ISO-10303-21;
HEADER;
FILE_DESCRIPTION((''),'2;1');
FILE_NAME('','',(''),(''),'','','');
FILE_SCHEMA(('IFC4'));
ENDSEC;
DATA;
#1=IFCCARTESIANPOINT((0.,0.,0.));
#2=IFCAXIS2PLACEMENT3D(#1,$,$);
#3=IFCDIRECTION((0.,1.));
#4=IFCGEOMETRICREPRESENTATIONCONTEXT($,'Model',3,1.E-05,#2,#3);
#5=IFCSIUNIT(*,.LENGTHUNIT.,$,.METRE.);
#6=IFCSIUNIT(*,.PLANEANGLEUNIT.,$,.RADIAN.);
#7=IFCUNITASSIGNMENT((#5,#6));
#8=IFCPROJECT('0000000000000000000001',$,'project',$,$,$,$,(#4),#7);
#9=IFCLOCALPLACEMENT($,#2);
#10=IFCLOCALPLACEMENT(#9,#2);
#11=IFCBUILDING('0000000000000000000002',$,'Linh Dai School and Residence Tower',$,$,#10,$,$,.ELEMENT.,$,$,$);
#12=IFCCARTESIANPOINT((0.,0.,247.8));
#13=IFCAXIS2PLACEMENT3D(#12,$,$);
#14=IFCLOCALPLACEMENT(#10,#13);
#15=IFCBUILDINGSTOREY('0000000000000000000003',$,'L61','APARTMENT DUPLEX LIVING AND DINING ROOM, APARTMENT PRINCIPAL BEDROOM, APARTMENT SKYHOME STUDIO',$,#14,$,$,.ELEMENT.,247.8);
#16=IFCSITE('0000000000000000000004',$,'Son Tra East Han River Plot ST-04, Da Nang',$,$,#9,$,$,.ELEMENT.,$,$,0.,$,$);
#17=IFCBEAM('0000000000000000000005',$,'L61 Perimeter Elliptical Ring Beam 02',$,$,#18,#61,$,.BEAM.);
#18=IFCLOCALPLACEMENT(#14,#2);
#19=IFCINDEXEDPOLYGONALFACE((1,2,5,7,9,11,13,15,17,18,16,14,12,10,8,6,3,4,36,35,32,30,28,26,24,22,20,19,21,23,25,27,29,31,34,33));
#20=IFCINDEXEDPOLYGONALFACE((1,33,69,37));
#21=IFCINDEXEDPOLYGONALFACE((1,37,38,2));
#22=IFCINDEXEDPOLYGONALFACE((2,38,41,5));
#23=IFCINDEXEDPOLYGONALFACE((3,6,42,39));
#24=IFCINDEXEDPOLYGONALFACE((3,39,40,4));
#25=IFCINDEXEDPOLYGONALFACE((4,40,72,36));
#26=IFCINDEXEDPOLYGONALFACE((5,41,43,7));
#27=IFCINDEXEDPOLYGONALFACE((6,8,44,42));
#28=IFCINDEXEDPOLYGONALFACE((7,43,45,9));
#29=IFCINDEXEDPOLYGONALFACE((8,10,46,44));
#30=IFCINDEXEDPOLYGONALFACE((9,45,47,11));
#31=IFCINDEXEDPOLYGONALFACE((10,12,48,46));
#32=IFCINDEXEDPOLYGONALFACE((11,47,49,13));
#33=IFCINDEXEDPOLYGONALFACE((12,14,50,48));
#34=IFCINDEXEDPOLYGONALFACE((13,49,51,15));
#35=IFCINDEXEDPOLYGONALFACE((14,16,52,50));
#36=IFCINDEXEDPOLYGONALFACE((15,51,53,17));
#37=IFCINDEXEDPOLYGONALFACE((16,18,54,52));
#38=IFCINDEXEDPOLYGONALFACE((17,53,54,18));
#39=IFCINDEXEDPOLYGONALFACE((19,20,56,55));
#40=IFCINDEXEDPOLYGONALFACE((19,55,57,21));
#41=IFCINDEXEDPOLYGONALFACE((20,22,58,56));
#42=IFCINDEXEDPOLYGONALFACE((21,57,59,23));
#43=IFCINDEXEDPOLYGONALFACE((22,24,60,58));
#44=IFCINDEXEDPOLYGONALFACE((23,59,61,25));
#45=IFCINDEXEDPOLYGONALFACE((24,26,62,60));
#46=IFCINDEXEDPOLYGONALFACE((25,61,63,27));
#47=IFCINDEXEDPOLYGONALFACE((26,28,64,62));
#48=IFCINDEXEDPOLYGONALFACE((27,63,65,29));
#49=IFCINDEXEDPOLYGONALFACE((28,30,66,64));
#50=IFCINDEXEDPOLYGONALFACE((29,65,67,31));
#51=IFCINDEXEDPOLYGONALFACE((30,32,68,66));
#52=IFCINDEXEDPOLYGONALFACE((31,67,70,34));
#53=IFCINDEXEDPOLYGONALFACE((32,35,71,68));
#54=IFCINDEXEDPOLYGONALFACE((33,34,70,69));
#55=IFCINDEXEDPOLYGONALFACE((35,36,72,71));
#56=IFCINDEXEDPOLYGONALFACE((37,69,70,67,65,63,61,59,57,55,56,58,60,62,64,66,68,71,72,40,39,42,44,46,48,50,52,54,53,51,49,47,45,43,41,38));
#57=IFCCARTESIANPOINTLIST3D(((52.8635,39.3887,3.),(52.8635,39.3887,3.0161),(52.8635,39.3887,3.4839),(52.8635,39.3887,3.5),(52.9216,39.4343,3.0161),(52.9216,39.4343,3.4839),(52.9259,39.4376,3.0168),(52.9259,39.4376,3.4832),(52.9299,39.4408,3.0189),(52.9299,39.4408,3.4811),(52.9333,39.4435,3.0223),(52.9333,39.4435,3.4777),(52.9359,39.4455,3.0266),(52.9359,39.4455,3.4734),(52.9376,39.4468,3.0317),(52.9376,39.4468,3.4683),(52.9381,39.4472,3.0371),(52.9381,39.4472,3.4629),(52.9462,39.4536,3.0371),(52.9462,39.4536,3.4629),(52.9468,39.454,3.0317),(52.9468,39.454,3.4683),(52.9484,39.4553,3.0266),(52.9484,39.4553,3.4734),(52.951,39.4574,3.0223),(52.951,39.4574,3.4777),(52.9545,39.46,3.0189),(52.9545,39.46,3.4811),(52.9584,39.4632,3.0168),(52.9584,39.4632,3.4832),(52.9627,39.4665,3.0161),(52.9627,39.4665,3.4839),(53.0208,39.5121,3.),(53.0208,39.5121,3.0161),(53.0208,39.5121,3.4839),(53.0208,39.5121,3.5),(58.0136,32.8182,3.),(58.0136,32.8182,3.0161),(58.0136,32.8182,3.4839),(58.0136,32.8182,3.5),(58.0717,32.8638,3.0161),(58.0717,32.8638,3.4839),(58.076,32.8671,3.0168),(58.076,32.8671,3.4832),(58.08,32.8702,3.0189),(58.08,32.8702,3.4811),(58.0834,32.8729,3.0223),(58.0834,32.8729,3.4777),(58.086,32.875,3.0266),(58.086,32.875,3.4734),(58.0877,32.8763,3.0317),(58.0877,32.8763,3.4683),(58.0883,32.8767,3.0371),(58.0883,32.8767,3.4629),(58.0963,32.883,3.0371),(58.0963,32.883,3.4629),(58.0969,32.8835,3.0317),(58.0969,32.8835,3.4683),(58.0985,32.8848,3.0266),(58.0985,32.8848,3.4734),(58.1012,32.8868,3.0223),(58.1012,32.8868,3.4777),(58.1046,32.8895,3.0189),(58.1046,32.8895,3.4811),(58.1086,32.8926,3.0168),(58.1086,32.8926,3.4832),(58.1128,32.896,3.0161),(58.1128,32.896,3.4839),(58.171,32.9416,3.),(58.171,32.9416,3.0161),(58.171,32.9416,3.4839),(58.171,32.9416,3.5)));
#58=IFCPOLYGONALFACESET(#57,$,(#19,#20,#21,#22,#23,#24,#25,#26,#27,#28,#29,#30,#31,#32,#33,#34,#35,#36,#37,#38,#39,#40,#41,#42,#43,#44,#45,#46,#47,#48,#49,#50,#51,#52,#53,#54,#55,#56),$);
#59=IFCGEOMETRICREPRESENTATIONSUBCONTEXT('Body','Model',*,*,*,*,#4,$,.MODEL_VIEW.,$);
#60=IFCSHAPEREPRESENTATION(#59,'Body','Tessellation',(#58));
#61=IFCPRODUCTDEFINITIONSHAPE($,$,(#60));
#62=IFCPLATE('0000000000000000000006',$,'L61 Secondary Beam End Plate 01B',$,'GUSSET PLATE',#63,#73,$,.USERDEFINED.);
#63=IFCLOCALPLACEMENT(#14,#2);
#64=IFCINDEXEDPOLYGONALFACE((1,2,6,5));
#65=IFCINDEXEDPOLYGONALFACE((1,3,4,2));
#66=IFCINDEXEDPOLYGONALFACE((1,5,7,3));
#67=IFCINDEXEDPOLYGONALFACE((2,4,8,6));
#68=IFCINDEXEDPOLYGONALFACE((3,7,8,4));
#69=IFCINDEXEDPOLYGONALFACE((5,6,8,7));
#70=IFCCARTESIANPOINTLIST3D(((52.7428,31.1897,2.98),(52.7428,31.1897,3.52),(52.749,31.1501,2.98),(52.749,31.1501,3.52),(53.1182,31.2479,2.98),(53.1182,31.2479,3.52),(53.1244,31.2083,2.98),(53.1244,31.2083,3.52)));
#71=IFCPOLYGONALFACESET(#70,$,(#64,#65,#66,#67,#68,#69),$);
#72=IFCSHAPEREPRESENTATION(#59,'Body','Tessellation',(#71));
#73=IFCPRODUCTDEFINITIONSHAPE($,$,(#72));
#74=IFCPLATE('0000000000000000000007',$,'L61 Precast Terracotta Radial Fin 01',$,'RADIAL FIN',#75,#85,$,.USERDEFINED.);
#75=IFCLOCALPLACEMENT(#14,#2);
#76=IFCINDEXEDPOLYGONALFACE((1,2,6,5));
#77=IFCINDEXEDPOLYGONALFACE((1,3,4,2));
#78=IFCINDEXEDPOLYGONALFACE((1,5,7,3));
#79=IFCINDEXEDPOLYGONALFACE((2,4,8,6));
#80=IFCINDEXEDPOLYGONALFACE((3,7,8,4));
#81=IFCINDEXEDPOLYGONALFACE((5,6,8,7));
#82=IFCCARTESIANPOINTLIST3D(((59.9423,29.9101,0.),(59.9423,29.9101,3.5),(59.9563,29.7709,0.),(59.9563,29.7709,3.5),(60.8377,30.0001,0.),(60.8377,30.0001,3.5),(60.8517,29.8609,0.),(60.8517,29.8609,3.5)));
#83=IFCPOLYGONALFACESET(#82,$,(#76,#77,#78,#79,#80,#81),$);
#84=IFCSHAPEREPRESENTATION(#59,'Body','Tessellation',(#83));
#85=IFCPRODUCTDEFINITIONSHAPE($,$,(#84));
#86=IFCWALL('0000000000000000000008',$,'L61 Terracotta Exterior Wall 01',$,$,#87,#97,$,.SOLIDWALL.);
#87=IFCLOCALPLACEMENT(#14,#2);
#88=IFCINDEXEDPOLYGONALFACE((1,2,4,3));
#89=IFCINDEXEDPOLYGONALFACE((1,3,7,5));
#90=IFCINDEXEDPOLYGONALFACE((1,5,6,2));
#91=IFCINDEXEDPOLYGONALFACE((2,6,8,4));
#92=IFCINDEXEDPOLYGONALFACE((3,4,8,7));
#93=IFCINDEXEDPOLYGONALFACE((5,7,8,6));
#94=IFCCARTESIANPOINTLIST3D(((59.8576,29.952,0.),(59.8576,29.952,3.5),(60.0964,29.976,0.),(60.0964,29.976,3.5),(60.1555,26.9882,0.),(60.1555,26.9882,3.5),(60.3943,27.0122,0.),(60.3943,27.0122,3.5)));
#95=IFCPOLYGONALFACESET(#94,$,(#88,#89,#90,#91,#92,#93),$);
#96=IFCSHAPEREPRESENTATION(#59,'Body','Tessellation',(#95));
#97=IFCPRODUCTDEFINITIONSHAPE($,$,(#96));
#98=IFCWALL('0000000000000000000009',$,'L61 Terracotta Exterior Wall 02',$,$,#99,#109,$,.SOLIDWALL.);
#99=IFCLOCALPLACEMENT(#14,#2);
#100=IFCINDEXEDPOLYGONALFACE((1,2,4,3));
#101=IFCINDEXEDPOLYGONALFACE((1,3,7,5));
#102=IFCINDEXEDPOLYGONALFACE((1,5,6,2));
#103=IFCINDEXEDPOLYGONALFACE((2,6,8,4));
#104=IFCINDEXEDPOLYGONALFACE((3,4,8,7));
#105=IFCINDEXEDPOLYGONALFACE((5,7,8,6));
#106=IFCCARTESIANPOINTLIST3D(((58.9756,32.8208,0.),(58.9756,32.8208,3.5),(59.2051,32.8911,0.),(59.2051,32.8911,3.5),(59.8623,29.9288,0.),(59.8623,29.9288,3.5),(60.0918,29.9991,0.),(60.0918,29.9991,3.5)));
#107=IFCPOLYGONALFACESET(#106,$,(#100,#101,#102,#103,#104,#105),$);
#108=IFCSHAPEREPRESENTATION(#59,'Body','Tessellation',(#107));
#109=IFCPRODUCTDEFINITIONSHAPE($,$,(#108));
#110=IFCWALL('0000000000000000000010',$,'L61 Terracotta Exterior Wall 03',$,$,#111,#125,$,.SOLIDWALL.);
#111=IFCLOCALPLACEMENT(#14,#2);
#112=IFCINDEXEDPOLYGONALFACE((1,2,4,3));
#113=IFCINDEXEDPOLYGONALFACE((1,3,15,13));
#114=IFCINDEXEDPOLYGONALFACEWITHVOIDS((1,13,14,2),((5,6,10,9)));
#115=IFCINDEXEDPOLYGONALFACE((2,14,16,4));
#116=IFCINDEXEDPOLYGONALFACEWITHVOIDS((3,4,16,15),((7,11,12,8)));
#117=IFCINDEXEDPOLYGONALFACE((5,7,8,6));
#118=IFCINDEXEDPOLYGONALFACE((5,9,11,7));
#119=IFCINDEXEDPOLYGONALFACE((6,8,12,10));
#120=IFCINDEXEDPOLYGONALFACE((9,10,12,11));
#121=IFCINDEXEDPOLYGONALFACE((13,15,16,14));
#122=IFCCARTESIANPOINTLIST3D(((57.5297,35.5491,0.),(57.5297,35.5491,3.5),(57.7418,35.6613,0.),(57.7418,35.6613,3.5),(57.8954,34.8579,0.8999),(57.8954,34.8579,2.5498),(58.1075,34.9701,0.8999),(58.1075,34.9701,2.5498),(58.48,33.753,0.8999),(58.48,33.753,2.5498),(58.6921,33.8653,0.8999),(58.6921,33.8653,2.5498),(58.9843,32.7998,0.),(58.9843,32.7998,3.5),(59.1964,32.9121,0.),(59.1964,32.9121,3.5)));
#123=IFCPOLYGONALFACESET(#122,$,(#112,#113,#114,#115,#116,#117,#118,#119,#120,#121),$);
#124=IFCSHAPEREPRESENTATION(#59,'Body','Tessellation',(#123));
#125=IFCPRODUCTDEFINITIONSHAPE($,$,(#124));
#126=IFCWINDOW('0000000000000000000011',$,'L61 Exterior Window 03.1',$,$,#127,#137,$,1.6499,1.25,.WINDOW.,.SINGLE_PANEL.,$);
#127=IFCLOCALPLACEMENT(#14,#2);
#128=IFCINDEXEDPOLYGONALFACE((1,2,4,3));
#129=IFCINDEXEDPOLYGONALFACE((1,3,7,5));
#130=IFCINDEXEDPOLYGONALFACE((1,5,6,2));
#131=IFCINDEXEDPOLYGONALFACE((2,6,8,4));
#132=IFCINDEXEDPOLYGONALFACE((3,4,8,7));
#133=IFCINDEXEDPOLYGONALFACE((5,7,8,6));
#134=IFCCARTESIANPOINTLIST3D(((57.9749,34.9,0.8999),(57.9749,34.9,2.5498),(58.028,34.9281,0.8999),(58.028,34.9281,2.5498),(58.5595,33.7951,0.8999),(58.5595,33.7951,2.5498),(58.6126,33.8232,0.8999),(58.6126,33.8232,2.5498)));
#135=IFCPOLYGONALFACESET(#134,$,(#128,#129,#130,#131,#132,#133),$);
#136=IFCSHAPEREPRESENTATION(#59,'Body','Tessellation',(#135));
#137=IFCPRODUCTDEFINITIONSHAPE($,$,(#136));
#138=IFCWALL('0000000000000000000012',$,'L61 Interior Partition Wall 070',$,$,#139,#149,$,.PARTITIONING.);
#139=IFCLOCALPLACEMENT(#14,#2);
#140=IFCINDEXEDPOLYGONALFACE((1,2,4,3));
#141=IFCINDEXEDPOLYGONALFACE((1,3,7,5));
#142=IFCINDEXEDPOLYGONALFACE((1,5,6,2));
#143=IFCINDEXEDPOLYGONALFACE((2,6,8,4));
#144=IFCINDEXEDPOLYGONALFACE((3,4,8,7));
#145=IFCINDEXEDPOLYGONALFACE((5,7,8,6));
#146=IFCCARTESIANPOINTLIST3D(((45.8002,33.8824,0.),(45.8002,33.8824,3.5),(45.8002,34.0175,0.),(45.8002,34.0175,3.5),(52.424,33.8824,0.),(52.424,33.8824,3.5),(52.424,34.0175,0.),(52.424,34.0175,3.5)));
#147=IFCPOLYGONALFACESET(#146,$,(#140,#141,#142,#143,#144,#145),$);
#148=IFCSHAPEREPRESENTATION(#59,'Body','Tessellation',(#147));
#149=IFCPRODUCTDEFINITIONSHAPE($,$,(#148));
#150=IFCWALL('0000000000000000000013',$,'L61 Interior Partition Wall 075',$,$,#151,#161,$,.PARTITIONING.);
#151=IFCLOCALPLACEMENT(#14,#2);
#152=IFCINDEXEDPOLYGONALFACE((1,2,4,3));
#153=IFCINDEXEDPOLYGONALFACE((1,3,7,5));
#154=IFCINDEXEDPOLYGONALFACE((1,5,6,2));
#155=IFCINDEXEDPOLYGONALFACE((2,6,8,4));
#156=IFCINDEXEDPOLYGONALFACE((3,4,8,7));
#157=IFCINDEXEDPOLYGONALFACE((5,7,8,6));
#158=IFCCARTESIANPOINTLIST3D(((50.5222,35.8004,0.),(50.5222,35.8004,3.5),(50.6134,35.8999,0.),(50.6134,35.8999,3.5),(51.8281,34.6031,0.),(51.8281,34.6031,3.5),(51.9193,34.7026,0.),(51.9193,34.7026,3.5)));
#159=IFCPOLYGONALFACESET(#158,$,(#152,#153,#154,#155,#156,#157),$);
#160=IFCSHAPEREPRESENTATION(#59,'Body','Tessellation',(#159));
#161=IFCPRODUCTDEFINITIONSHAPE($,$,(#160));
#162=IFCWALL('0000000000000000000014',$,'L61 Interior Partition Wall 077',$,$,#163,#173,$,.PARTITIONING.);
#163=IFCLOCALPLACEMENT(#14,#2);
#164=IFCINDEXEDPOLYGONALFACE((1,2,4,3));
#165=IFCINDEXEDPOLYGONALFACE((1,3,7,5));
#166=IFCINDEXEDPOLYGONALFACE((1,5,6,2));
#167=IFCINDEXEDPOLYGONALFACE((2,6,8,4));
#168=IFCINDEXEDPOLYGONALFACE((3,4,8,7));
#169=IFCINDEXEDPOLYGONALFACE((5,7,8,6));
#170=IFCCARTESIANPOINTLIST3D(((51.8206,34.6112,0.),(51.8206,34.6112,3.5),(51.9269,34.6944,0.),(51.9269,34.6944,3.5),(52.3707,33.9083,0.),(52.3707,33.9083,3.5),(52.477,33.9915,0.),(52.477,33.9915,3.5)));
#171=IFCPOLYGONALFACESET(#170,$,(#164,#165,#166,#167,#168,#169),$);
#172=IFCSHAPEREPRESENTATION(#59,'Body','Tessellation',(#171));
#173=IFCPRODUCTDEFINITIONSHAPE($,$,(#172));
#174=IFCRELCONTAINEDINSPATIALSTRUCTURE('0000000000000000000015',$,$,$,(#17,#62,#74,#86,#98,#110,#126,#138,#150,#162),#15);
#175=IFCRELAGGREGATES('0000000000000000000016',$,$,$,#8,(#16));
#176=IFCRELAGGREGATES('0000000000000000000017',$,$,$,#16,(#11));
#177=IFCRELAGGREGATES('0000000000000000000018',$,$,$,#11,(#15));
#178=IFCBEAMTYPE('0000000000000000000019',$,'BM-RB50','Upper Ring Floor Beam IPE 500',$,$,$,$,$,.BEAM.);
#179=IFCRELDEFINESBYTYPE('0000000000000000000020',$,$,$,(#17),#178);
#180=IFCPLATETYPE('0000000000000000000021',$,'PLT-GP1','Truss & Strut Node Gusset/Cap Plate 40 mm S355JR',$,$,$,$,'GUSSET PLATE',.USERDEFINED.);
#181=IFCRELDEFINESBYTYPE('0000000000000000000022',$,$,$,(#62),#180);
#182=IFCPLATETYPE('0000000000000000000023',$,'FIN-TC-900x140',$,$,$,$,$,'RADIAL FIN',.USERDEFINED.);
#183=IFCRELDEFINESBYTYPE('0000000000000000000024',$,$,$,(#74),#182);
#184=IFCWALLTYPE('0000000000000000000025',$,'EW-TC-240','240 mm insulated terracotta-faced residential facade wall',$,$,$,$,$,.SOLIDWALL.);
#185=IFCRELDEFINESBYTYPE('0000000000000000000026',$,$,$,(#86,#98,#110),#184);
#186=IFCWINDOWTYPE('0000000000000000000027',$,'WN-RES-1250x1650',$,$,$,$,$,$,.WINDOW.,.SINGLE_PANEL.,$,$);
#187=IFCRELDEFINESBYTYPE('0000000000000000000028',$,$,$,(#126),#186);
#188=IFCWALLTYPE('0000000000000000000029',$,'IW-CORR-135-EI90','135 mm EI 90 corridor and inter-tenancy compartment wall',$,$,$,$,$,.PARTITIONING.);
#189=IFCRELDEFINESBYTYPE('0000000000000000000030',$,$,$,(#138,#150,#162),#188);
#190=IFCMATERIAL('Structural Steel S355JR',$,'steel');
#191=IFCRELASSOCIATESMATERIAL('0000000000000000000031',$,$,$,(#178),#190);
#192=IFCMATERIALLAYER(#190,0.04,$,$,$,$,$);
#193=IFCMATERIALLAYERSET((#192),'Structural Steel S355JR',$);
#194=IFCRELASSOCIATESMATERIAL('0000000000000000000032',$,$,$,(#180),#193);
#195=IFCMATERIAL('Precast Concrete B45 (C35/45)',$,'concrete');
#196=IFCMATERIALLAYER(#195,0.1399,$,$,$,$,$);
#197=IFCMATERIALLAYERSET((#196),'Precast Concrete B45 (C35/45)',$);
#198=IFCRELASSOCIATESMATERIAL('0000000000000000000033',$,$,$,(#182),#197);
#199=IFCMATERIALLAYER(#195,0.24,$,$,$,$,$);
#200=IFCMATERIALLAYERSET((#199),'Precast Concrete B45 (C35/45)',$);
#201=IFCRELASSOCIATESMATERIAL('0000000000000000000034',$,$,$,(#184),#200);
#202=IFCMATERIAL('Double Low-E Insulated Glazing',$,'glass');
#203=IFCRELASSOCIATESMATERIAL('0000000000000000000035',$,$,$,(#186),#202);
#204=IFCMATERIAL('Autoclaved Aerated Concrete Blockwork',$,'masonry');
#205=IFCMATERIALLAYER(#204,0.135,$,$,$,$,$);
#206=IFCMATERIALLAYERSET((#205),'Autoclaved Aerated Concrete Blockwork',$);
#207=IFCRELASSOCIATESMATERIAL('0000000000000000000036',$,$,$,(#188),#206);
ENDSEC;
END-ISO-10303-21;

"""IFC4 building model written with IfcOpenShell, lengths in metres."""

from ifc_helpers import new_model, si_unit, direction, frame, frame_2d, origin, origin_2d, place, context, subcontext, project, spatial, rectangle, i_section, extrude, source, transform, mapped, material, layer, layer_set, material_profile, profile_set, type_object, element, fill, save


model = new_model("IFC4")

# Units and contexts
model_context = context("Model", 3, precision=1e-05, world=origin(), true_north=direction((0.0, 1.0)))
body_context = subcontext(model_context, "Body", "Model", "MODEL_VIEW")
ifc_project = project(units=[si_unit("LENGTHUNIT", "METRE"), si_unit("PLANEANGLEUNIT", "RADIAN")], contexts=[model_context])

# Site, building, storey
site_placement = place(None, origin())
site = spatial("IfcSite", under=ifc_project, at=site_placement, Name="Son Tra East Han River Plot ST-04, Da Nang", CompositionType="ELEMENT", RefElevation=0.0)
building_placement = place(site_placement, origin())
building = spatial("IfcBuilding", under=site, at=building_placement, Name="Linh Dai School and Residence Tower", CompositionType="ELEMENT")
storey_placement = place(building_placement, frame((0.0, 0.0, 247.8)))
storey = spatial("IfcBuildingStorey", under=building, at=storey_placement, Name="L61", Description="APARTMENT DUPLEX LIVING AND DINING ROOM, APARTMENT PRINCIPAL BEDROOM, APARTMENT SKYHOME STUDIO", CompositionType="ELEMENT", Elevation=247.8)

# Shared definitions
ifc_material_1 = material(Name="Structural Steel S355JR", Category="steel")

# Beam
ifc_material_profile_1 = material_profile(ifc_material_1, i_section(OverallWidth=0.2, OverallDepth=0.5, WebThickness=0.0103, FlangeThickness=0.0161, FilletRadius=0.021, at=origin_2d()), Name="IPE 500")
ifc_profile_set_1 = profile_set([ifc_material_profile_1], Name="Structural Steel S355JR")
beam_type_1 = type_object("IfcBeamType", Name="BM-RB50", Description="Upper Ring Floor Beam IPE 500", PredefinedType="BEAM", material=ifc_profile_set_1)
beam_1_placement = place(storey_placement, frame((58.0923, 32.8799, 3.25), z_axis=(-0.6169, 0.787041, 0.0), x_axis=(-0.787041, -0.6169, 0.0)))
element("IfcBeam", 1, at=beam_1_placement, inside=storey, type_object=beam_type_1, Name="L61 Perimeter Elliptical Ring Beam 02", PredefinedType="BEAM", context=body_context, shape_type="SweptSolid", body=[
    extrude(i_section(OverallWidth=0.2, OverallDepth=0.5, WebThickness=0.0103, FlangeThickness=0.0161, FilletRadius=0.021, at=origin_2d()), origin(), (0.0, 0.0, 1.0), 8.3484),
])

# Plates
ifc_layer_1 = layer(ifc_material_1, 0.04)
ifc_layer_set_1 = layer_set([ifc_layer_1], Name="Structural Steel S355JR")
plate_type_1 = type_object("IfcPlateType", Name="PLT-GP1", Description="Truss & Strut Node Gusset/Cap Plate 40 mm S355JR", ElementType="GUSSET PLATE", PredefinedType="USERDEFINED", material=ifc_layer_set_1)
shared_shape_1 = source(origin(), body_context, "Body", "SweptSolid", [
    extrude(rectangle(XDim=0.04, YDim=0.3799, at=origin_2d()), origin(), (0.0, 0.0, 1.0), 0.54),
])
plate_1_placement = place(storey_placement, frame((52.9336, 31.199, 2.98), z_axis=(0.0, 0.0, 1.0), x_axis=(-0.153186, 0.988197, 0.0)))
element("IfcPlate", 2, at=plate_1_placement, inside=storey, type_object=plate_type_1, Name="L61 Secondary Beam End Plate 01B", ObjectType="GUSSET PLATE", PredefinedType="USERDEFINED", context=body_context, shape_type="MappedRepresentation", body=[
    mapped(shared_shape_1, transform((0.0, 0.0, 0.0), x_axis=(1.0, 0.0, 0.0), y_axis=(0.0, 1.0, 0.0), z_axis=(0.0, 0.0, 1.0), scale=1.0)),
])
ifc_material_2 = material(Name="Precast Concrete B45 (C35/45)", Category="concrete")
ifc_layer_2 = layer(ifc_material_2, 0.1399)
ifc_layer_set_2 = layer_set([ifc_layer_2], Name="Precast Concrete B45 (C35/45)")
plate_type_2 = type_object("IfcPlateType", Name="FIN-TC-900x140", ElementType="RADIAL FIN", PredefinedType="USERDEFINED", material=ifc_layer_set_2)
shared_shape_2 = source(origin(), body_context, "Body", "SweptSolid", [
    extrude(rectangle(XDim=0.8999, YDim=0.1399, at=origin_2d()), origin(), (0.0, 0.0, 1.0), 3.5),
])
plate_2_placement = place(storey_placement, frame((60.397, 29.8855, 0.0), z_axis=(0.0, 0.0, 1.0), x_axis=(0.994986, 0.100012, 0.0)))
element("IfcPlate", 3, at=plate_2_placement, inside=storey, type_object=plate_type_2, Name="L61 Precast Terracotta Radial Fin 01", ObjectType="RADIAL FIN", PredefinedType="USERDEFINED", context=body_context, shape_type="MappedRepresentation", body=[
    mapped(shared_shape_2, transform((0.0, 0.0, 0.0), x_axis=(1.0, 0.0, 0.0), y_axis=(0.0, 1.0, 0.0), z_axis=(0.0, 0.0, 1.0), scale=1.0)),
])

# Walls
ifc_layer_3 = layer(ifc_material_2, 0.24)
ifc_layer_set_3 = layer_set([ifc_layer_3], Name="Precast Concrete B45 (C35/45)")
wall_type_1 = type_object("IfcWallType", Name="EW-TC-240", Description="240 mm insulated terracotta-faced residential facade wall", PredefinedType="SOLIDWALL", material=ifc_layer_set_3)
wall_1_placement = place(storey_placement, frame((59.9771, 29.9639, 0.0), z_axis=(0.0, 0.0, 1.0), x_axis=(0.099991, -0.994988, 0.0)))
element("IfcWall", 4, at=wall_1_placement, inside=storey, type_object=wall_type_1, Name="L61 Terracotta Exterior Wall 01", PredefinedType="SOLIDWALL", context=body_context, shape_type="SweptSolid", body=[
    extrude(rectangle(XDim=2.9788, YDim=0.24, at=frame_2d((1.4893, 0.0))), origin(), (0.0, 0.0, 1.0), 3.5),
])
wall_2_placement = place(storey_placement, frame((59.0903, 32.856, 0.0), z_axis=(0.0, 0.0, 1.0), x_axis=(0.293133, -0.956072, 0.0)))
element("IfcWall", 5, at=wall_2_placement, inside=storey, type_object=wall_type_1, Name="L61 Terracotta Exterior Wall 02", PredefinedType="SOLIDWALL", context=body_context, shape_type="SweptSolid", body=[
    extrude(rectangle(XDim=3.0249, YDim=0.24, at=frame_2d((1.5125, 0.0))), origin(), (0.0, 0.0, 1.0), 3.5),
])

# Wall, opening, window
wall_3_placement = place(storey_placement, frame((57.6357, 35.6052, 0.0), z_axis=(0.0, 0.0, 1.0), x_axis=(0.46766, -0.883908, 0.0)))
wall_3 = element("IfcWall", 6, at=wall_3_placement, inside=storey, type_object=wall_type_1, Name="L61 Terracotta Exterior Wall 03", PredefinedType="SOLIDWALL", context=body_context, shape_type="SweptSolid", body=[
    extrude(rectangle(XDim=3.1104, YDim=0.24, at=frame_2d((1.5552, 0.0))), origin(), (0.0, 0.0, 1.0), 3.5),
])
opening_1_placement = place(wall_3_placement, frame((0.782, 0.0, 0.8999)))
opening_1 = element("IfcOpeningElement", 7, at=opening_1_placement, cuts=wall_3, PredefinedType="OPENING", context=body_context, shape_type="SweptSolid", body=[
    extrude(rectangle(XDim=1.25, YDim=1.6499, at=origin_2d()), frame((0.625, 0.1299, 0.825), z_axis=(0.0, -1.0, 0.0), x_axis=(1.0, 0.0, 0.0)), (0.0, 0.0, 1.0), 0.26),
])
ifc_material_3 = material(Name="Double Low-E Insulated Glazing", Category="glass")
window_type = type_object("IfcWindowType", Name="WN-RES-1250x1650", PartitioningType="SINGLE_PANEL", PredefinedType="WINDOW", material=ifc_material_3)
shared_shape_3 = source(origin(), body_context, "Body", "SweptSolid", [
    extrude(rectangle(XDim=1.25, YDim=1.6499, at=origin_2d()), frame((0.625, 0.03, 0.825), z_axis=(0.0, -1.0, 0.0), x_axis=(1.0, 0.0, 0.0)), (0.0, 0.0, 1.0), 0.0601),
])
window_placement = place(opening_1_placement, origin())
window = element("IfcWindow", 8, at=window_placement, inside=storey, type_object=window_type, Name="L61 Exterior Window 03.1", OverallHeight=1.6499, OverallWidth=1.25, PartitioningType="SINGLE_PANEL", PredefinedType="WINDOW", context=body_context, shape_type="MappedRepresentation", body=[
    mapped(shared_shape_3, transform((0.0, 0.0, 0.0), x_axis=(1.0, 0.0, 0.0), y_axis=(0.0, 1.0, 0.0), z_axis=(0.0, 0.0, 1.0), scale=1.0)),
])
fill(opening_1, window)

# Walls
ifc_material_4 = material(Name="Autoclaved Aerated Concrete Blockwork", Category="masonry")
ifc_layer_4 = layer(ifc_material_4, 0.135)
ifc_layer_set_4 = layer_set([ifc_layer_4], Name="Autoclaved Aerated Concrete Blockwork")
wall_type_2 = type_object("IfcWallType", Name="IW-CORR-135-EI90", Description="135 mm EI 90 corridor and inter-tenancy compartment wall", PredefinedType="PARTITIONING", material=ifc_layer_set_4)
wall_4_placement = place(storey_placement, frame((45.8, 33.95, 0.0), z_axis=(0.0, 0.0, 1.0), x_axis=(1.0, 0.0, 0.0)))
element("IfcWall", 9, at=wall_4_placement, inside=storey, type_object=wall_type_2, Name="L61 Interior Partition Wall 070", PredefinedType="PARTITIONING", context=body_context, shape_type="SweptSolid", body=[
    extrude(rectangle(XDim=6.6238, YDim=0.135, at=frame_2d((3.312, 0.0))), origin(), (0.0, 0.0, 1.0), 3.5),
])
wall_5_placement = place(storey_placement, frame((50.5679, 35.8501, 0.0), z_axis=(0.0, 0.0, 1.0), x_axis=(0.737103, -0.675781, 0.0)))
element("IfcWall", 10, at=wall_5_placement, inside=storey, type_object=wall_type_2, Name="L61 Interior Partition Wall 075", PredefinedType="PARTITIONING", context=body_context, shape_type="SweptSolid", body=[
    extrude(rectangle(XDim=1.7717, YDim=0.135, at=frame_2d((0.8857, 0.0))), origin(), (0.0, 0.0, 1.0), 3.5),
])
wall_6_placement = place(storey_placement, frame((51.8738, 34.6528, 0.0), z_axis=(0.0, 0.0, 1.0), x_axis=(0.616286, -0.787522, 0.0)))
element("IfcWall", 11, at=wall_6_placement, inside=storey, type_object=wall_type_2, Name="L61 Interior Partition Wall 077", PredefinedType="PARTITIONING", context=body_context, shape_type="SweptSolid", body=[
    extrude(rectangle(XDim=0.8926, YDim=0.135, at=frame_2d((0.4463, 0.0))), origin(), (0.0, 0.0, 1.0), 3.5),
])

save(model, "model.ifc")
